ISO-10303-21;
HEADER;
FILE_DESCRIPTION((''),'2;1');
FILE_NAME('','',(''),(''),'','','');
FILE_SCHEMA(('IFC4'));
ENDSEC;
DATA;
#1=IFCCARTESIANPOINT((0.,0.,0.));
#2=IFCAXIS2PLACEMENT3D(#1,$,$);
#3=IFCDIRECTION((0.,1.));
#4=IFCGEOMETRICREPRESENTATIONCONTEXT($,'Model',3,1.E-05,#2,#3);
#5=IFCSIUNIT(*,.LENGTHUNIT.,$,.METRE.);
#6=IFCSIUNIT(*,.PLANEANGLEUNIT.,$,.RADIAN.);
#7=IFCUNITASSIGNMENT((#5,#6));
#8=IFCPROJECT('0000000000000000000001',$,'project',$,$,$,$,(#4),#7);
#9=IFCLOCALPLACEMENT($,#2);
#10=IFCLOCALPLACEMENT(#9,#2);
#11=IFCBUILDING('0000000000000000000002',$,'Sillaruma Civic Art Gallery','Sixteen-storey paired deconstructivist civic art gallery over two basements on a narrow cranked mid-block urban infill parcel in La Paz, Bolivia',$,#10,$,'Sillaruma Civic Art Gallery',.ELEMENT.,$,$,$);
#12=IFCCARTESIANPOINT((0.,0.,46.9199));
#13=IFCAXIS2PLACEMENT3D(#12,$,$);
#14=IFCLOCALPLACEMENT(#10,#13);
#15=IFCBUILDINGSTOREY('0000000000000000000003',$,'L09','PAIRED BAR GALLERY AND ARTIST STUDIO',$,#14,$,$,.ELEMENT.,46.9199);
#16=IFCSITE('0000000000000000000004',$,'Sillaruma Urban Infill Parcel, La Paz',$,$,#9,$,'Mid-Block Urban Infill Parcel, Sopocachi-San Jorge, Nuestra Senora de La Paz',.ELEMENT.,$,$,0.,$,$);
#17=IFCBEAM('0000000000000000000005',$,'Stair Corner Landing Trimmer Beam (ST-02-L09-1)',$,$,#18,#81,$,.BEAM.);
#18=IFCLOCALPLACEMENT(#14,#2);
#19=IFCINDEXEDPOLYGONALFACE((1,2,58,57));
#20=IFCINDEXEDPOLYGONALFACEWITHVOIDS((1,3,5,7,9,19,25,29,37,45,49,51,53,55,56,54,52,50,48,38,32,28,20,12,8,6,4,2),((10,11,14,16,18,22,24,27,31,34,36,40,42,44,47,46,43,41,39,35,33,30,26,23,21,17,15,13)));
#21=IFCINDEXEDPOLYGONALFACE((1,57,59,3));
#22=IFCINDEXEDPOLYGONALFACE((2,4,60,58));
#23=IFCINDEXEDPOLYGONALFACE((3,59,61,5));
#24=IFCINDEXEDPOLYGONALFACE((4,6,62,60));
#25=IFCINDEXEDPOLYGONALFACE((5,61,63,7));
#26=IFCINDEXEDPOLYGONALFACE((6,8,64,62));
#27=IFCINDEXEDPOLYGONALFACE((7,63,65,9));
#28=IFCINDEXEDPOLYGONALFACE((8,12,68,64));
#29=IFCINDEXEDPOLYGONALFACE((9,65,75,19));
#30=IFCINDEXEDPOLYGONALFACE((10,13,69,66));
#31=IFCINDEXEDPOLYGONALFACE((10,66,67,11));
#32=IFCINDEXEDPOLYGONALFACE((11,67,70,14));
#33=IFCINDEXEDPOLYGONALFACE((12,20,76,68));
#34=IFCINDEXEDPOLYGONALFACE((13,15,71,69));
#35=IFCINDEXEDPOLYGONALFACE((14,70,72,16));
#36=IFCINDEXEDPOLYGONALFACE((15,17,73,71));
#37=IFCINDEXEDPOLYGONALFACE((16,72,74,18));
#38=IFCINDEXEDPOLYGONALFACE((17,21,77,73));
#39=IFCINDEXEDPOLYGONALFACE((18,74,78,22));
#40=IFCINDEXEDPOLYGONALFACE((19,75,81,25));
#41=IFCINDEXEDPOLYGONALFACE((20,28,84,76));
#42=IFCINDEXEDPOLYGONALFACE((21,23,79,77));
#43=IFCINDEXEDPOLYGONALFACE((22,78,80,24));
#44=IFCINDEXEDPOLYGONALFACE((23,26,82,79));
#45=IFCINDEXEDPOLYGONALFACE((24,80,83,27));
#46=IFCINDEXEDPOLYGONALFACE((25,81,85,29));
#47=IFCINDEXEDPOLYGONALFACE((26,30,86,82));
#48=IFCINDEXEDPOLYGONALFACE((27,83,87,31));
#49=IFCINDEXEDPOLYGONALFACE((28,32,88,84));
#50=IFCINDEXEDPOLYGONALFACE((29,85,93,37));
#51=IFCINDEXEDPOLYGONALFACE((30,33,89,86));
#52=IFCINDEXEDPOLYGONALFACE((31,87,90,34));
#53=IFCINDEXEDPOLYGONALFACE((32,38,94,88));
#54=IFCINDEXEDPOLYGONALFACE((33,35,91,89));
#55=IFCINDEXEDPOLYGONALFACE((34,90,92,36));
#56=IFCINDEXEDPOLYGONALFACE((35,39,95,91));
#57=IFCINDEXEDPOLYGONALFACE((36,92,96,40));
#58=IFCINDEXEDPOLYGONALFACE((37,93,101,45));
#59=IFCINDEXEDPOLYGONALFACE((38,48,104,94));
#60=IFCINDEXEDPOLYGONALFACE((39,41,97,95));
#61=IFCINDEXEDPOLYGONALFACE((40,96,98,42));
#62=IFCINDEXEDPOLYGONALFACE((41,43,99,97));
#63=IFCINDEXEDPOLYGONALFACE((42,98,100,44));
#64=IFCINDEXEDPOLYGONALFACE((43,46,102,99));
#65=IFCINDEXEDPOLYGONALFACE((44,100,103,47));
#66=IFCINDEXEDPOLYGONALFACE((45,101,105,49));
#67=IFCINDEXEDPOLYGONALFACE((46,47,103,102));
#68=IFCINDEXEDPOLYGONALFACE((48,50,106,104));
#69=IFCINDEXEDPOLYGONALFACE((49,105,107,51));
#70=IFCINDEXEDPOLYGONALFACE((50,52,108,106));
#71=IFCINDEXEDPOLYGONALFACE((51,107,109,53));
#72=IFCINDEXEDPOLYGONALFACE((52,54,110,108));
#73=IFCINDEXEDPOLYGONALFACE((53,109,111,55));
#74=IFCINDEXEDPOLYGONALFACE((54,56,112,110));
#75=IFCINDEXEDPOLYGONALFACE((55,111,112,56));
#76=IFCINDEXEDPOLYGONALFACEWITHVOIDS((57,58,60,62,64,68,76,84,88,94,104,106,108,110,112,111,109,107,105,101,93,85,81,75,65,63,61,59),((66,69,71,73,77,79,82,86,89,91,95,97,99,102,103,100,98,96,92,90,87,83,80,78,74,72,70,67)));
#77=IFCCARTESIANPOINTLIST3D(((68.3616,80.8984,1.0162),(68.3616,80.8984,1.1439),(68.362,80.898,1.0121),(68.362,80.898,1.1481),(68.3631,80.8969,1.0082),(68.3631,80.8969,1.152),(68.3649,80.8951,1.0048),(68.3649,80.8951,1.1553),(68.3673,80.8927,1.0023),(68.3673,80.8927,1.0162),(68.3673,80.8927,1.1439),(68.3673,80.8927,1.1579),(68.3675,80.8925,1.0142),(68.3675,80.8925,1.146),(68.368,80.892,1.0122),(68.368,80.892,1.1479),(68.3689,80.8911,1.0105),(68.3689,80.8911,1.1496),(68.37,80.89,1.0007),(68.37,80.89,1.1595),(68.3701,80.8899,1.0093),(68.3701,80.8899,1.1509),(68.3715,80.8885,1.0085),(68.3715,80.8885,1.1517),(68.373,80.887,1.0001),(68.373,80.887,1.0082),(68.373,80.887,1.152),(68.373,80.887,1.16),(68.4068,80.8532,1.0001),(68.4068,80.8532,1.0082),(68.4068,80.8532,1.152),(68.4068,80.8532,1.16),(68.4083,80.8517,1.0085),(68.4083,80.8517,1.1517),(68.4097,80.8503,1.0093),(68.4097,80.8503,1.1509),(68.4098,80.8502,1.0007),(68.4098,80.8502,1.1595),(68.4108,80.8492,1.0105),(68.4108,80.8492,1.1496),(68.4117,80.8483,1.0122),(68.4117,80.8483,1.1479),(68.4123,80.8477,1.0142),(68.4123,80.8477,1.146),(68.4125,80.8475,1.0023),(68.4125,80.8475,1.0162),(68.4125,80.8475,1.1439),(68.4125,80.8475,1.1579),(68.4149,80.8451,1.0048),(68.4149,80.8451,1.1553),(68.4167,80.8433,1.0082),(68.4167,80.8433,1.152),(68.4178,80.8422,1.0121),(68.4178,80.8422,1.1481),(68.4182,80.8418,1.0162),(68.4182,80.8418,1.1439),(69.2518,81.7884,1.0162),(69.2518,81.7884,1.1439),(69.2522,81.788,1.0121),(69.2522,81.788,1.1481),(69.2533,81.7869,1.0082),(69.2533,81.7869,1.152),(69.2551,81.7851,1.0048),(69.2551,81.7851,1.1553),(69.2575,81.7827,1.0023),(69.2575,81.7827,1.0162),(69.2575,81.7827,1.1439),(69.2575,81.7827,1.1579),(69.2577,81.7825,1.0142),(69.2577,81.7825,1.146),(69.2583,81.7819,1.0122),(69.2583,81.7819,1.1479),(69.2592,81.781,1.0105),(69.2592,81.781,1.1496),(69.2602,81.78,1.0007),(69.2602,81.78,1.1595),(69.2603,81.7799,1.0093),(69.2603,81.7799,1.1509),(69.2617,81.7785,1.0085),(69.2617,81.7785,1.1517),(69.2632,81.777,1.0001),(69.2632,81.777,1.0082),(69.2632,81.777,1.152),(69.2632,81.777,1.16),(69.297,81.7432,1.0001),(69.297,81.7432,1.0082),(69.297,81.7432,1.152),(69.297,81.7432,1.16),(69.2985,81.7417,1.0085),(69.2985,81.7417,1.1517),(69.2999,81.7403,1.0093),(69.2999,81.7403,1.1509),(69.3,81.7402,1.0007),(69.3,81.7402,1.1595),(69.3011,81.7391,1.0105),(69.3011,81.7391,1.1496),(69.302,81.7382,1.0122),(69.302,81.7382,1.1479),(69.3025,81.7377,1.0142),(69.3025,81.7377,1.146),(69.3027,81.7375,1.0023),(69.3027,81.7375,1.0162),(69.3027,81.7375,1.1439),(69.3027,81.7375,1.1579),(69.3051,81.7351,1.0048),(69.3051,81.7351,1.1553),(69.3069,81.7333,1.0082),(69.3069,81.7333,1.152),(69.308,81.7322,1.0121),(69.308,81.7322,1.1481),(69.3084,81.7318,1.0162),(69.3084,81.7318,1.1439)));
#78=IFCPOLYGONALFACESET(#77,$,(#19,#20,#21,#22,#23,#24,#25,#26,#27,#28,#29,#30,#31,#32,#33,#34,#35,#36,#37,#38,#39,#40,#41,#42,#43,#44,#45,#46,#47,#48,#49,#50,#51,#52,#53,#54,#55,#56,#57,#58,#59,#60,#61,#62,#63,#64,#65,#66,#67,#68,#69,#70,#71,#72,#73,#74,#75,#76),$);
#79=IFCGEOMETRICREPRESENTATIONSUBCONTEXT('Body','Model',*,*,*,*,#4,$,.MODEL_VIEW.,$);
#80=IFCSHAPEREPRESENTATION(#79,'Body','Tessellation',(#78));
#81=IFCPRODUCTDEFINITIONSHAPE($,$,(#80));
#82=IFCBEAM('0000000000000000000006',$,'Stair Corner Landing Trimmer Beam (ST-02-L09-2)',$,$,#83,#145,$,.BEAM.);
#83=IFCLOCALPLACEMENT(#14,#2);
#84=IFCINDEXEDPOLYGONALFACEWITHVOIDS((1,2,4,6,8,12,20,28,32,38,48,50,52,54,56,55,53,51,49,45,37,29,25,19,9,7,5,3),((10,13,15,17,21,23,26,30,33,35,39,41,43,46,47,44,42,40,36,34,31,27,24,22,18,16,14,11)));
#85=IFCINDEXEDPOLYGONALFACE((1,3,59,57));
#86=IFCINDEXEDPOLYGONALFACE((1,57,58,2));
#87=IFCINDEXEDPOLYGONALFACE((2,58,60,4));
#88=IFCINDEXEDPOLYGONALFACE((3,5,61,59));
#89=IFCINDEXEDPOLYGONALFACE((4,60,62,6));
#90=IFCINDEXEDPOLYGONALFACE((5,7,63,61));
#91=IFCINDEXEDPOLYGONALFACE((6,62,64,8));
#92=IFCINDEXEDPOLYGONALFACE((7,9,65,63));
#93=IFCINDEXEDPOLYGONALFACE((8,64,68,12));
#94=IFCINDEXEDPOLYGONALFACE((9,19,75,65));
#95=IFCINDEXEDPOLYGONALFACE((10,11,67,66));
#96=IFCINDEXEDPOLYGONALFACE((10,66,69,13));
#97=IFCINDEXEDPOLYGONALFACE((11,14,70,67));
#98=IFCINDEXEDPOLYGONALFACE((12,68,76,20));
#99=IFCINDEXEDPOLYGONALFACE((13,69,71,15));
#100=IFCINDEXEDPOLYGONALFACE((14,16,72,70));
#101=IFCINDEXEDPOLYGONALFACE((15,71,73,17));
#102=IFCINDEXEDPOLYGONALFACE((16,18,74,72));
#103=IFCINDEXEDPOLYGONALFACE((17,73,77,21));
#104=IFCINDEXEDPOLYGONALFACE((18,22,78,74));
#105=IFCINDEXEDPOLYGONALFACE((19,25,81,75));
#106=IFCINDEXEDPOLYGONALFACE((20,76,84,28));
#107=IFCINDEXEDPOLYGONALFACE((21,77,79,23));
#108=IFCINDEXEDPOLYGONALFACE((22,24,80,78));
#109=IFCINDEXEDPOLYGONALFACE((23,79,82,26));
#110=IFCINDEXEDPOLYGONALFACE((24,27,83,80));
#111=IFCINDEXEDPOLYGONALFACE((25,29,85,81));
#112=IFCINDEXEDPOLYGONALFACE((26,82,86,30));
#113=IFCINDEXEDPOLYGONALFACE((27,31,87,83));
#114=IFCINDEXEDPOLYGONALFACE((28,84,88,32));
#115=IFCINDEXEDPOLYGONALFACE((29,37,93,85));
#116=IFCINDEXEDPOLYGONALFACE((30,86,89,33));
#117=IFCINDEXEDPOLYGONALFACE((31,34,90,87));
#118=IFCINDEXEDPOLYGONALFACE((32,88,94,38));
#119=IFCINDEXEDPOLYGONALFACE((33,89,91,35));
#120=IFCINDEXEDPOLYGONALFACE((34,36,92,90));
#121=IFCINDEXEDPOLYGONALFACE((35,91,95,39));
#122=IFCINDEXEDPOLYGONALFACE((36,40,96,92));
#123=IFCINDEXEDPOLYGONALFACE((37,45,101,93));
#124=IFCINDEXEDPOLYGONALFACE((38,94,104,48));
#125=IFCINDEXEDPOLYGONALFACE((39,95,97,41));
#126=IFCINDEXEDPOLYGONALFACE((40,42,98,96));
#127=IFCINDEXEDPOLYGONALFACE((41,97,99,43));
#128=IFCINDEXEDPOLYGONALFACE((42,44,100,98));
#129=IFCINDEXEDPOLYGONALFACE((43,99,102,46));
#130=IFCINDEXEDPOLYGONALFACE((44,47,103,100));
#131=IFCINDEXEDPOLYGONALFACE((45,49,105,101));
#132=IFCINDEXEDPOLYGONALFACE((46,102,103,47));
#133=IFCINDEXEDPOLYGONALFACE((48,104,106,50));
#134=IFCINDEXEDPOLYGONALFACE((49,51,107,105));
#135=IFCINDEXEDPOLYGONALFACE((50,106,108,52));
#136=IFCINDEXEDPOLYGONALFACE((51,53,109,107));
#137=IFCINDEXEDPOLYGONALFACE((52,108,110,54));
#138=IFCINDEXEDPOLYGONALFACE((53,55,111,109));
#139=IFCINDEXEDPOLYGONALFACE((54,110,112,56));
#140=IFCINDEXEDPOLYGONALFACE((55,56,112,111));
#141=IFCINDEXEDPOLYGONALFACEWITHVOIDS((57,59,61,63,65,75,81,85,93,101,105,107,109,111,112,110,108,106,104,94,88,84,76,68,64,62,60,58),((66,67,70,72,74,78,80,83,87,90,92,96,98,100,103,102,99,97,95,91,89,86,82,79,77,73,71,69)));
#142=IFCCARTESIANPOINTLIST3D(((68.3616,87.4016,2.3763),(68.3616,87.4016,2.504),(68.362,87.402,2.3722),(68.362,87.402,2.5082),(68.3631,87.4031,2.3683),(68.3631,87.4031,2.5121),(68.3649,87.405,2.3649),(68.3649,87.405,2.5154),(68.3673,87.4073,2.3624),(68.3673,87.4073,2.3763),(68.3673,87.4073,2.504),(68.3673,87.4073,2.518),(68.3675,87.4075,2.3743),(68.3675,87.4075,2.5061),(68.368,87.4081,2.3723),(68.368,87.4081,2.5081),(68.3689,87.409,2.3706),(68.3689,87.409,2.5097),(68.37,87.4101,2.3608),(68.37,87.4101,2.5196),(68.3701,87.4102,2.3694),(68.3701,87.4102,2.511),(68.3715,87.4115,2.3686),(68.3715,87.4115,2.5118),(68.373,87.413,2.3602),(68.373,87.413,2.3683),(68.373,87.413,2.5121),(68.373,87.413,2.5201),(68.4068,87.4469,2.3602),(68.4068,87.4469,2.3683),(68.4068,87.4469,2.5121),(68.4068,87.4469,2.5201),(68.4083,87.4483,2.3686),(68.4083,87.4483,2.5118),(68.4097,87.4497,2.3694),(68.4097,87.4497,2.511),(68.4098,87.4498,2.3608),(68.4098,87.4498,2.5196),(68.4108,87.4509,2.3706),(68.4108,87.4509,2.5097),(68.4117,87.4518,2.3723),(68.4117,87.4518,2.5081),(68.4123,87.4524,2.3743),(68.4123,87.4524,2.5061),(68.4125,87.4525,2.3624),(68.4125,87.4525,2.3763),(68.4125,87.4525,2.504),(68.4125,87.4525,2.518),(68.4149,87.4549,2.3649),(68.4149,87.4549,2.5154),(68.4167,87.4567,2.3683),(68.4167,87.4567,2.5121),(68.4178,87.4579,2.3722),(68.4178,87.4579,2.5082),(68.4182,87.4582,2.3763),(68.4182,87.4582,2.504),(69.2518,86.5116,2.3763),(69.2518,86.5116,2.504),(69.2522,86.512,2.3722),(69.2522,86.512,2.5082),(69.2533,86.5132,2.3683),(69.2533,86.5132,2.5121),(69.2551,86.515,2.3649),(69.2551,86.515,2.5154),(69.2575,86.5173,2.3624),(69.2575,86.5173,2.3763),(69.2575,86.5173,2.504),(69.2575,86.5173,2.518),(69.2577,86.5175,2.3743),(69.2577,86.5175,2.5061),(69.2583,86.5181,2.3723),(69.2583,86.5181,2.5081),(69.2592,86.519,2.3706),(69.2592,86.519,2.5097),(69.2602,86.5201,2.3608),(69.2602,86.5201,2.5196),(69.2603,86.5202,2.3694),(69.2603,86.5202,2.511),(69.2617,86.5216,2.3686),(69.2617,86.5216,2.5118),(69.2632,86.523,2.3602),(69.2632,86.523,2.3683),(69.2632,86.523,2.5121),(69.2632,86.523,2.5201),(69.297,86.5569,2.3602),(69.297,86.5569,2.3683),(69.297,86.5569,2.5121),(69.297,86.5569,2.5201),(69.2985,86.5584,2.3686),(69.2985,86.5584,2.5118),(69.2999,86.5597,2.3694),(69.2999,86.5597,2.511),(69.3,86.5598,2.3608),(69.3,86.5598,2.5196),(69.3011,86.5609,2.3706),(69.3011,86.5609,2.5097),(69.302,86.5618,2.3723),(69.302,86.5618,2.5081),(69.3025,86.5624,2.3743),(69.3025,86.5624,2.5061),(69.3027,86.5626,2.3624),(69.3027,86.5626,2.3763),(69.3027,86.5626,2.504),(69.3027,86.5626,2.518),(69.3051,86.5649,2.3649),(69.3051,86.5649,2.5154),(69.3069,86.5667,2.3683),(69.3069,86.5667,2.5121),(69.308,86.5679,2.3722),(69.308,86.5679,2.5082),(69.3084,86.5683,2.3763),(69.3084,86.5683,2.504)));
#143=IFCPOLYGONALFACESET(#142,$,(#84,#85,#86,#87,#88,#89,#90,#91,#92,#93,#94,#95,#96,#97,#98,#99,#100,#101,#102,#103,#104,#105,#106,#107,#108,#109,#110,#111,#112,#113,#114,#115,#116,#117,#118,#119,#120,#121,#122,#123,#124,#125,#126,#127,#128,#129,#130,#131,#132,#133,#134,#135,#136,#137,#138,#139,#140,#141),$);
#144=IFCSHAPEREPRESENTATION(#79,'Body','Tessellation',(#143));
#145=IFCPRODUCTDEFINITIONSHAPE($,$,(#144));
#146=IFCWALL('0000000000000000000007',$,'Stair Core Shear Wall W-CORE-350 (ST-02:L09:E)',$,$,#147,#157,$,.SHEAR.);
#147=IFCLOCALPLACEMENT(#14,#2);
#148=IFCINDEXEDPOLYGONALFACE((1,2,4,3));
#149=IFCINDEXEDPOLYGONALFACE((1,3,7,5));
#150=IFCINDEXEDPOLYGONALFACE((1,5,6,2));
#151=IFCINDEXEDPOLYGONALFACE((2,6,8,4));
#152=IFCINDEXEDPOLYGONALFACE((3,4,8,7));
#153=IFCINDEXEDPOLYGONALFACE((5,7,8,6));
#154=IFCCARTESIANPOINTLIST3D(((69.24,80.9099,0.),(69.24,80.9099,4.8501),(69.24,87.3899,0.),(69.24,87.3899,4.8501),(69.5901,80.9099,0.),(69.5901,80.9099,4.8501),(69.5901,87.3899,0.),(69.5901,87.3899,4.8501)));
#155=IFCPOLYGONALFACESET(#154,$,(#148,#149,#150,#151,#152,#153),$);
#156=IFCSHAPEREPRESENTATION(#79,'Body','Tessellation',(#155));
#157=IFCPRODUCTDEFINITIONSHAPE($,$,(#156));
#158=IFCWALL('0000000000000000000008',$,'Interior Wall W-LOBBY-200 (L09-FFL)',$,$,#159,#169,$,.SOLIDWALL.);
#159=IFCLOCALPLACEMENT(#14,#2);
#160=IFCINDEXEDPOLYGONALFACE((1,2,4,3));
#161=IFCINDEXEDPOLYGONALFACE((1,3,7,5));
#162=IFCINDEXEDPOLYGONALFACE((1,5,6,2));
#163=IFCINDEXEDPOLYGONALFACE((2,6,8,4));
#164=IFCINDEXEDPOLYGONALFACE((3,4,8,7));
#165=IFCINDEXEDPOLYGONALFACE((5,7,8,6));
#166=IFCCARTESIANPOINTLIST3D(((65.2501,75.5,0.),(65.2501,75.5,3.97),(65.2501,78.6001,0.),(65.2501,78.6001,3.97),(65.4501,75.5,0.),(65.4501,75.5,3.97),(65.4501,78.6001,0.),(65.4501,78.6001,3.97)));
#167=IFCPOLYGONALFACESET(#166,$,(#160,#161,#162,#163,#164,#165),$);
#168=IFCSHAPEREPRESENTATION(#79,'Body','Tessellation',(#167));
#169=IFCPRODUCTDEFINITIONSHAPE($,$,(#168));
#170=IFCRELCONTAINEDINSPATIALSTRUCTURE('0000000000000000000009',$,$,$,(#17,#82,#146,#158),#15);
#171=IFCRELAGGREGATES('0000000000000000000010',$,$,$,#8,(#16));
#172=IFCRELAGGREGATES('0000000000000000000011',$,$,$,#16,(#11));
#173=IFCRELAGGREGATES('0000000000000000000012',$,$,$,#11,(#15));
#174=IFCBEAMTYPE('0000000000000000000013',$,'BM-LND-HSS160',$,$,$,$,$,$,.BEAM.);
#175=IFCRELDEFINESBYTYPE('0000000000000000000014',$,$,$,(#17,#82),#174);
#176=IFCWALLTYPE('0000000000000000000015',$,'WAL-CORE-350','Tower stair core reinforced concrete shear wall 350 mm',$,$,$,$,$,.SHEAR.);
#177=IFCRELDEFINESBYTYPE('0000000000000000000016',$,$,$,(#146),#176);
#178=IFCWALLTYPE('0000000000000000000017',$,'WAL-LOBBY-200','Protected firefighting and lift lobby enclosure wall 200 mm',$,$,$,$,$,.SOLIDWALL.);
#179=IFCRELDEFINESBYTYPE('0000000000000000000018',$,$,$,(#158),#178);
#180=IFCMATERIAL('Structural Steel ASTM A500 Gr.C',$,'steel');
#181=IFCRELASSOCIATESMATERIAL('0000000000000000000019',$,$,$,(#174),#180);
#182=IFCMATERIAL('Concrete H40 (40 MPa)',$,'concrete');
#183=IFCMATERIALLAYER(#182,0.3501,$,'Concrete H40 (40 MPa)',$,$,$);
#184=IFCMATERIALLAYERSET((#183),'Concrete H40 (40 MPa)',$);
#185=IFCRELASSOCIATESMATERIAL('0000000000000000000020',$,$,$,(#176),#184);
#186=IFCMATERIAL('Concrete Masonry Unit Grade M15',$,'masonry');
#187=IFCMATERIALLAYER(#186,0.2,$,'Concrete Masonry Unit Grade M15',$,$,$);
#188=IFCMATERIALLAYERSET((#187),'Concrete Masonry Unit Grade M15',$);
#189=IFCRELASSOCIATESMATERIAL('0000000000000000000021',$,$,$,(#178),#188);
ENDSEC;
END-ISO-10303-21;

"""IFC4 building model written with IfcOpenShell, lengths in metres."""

from ifc_helpers import new_model, si_unit, direction, frame, frame_2d, origin, origin_2d, place, context, subcontext, project, spatial, rectangle, hollow_rectangle, extrude, material, layer, layer_set, material_profile, profile_set, type_object, element, save


model = new_model("IFC4")

# Units and contexts
model_context = context("Model", 3, precision=1e-05, world=origin(), true_north=direction((0.0, 1.0)))
body_context = subcontext(model_context, "Body", "Model", "MODEL_VIEW")
ifc_project = project(units=[si_unit("LENGTHUNIT", "METRE"), si_unit("PLANEANGLEUNIT", "RADIAN")], contexts=[model_context])

# Site, building, storey
site_placement = place(None, origin())
site = spatial("IfcSite", under=ifc_project, at=site_placement, Name="Sillaruma Urban Infill Parcel, La Paz", LongName="Mid-Block Urban Infill Parcel, Sopocachi-San Jorge, Nuestra Senora de La Paz", CompositionType="ELEMENT", RefElevation=0.0)
building_placement = place(site_placement, origin())
building = spatial("IfcBuilding", under=site, at=building_placement, Name="Sillaruma Civic Art Gallery", Description="Sixteen-storey paired deconstructivist civic art gallery over two basements on a narrow cranked mid-block urban infill parcel in La Paz, Bolivia", LongName="Sillaruma Civic Art Gallery", CompositionType="ELEMENT")
storey_placement = place(building_placement, frame((0.0, 0.0, 46.9199)))
storey = spatial("IfcBuildingStorey", under=building, at=storey_placement, Name="L09", Description="PAIRED BAR GALLERY AND ARTIST STUDIO", CompositionType="ELEMENT", Elevation=46.9199)

# Shared definitions
ifc_material_1 = material(Name="Concrete H40 (40 MPa)", Category="concrete")

# Beams
ifc_material_2 = material(Name="Structural Steel ASTM A500 Gr.C", Category="steel")
ifc_material_profile_1 = material_profile(ifc_material_2, hollow_rectangle(XDim=0.0801, YDim=0.1599, WallThickness=0.0081, InnerFilletRadius=0.0081, OuterFilletRadius=0.0161, at=origin_2d()), Name="HSS160x80x8")
ifc_profile_set_1 = profile_set([ifc_material_profile_1], Name="Structural Steel ASTM A500 Gr.C")
beam_type_1 = type_object("IfcBeamType", Name="BM-LND-HSS160", PredefinedType="BEAM", material=ifc_profile_set_1)
for number, where, z_axis, x_axis, name in (
    (1, (68.3899, 80.8701, 1.0801), (0.707204, 0.70701, 0.0), (-0.70701, 0.707204, 0.0), "Stair Corner Landing Trimmer Beam (ST-02-L09-1)"),
    (2, (68.3899, 87.4299, 2.4402), (0.707204, -0.70701, 0.0), (0.70701, 0.707204, 0.0), "Stair Corner Landing Trimmer Beam (ST-02-L09-2)"),
):
    element("IfcBeam", number, at=place(storey_placement, frame(where, z_axis=z_axis, x_axis=x_axis)), inside=storey, type_object=beam_type_1, Name=name, PredefinedType="BEAM", context=body_context, shape_type="SweptSolid", body=[
        extrude(hollow_rectangle(XDim=0.0801, YDim=0.1599, WallThickness=0.0081, InnerFilletRadius=0.0081, OuterFilletRadius=0.0161, at=origin_2d()), origin(), (0.0, 0.0, 1.0), 1.2588),
    ])

# Walls
ifc_layer_1 = layer(ifc_material_1, 0.3501, Name="Concrete H40 (40 MPa)")
ifc_layer_set_1 = layer_set([ifc_layer_1], Name="Concrete H40 (40 MPa)")
wall_type_1 = type_object("IfcWallType", Name="WAL-CORE-350", Description="Tower stair core reinforced concrete shear wall 350 mm", PredefinedType="SHEAR", material=ifc_layer_set_1)
wall_1_placement = place(storey_placement, frame((69.415, 80.9099, 0.0), z_axis=(0.0, 0.0, 1.0), x_axis=(0.0, 1.0, 0.0)))
element("IfcWall", 3, at=wall_1_placement, inside=storey, type_object=wall_type_1, Name="Stair Core Shear Wall W-CORE-350 (ST-02:L09:E)", PredefinedType="SHEAR", context=body_context, shape_type="SweptSolid", body=[
    extrude(rectangle(XDim=6.48, YDim=0.3501, at=frame_2d((3.24, 0.0))), origin(), (0.0, 0.0, 1.0), 4.8501),
])
ifc_material_3 = material(Name="Concrete Masonry Unit Grade M15", Category="masonry")
ifc_layer_2 = layer(ifc_material_3, 0.2, Name="Concrete Masonry Unit Grade M15")
ifc_layer_set_2 = layer_set([ifc_layer_2], Name="Concrete Masonry Unit Grade M15")
wall_type_2 = type_object("IfcWallType", Name="WAL-LOBBY-200", Description="Protected firefighting and lift lobby enclosure wall 200 mm", PredefinedType="SOLIDWALL", material=ifc_layer_set_2)
wall_2_placement = place(storey_placement, frame((65.3501, 75.5, 0.0), z_axis=(0.0, 0.0, 1.0), x_axis=(0.0, 1.0, 0.0)))
element("IfcWall", 4, at=wall_2_placement, inside=storey, type_object=wall_type_2, Name="Interior Wall W-LOBBY-200 (L09-FFL)", PredefinedType="SOLIDWALL", context=body_context, shape_type="SweptSolid", body=[
    extrude(rectangle(XDim=3.1001, YDim=0.2, at=frame_2d((1.55, 0.0))), origin(), (0.0, 0.0, 1.0), 3.97),
])

save(model, "model.ifc")
